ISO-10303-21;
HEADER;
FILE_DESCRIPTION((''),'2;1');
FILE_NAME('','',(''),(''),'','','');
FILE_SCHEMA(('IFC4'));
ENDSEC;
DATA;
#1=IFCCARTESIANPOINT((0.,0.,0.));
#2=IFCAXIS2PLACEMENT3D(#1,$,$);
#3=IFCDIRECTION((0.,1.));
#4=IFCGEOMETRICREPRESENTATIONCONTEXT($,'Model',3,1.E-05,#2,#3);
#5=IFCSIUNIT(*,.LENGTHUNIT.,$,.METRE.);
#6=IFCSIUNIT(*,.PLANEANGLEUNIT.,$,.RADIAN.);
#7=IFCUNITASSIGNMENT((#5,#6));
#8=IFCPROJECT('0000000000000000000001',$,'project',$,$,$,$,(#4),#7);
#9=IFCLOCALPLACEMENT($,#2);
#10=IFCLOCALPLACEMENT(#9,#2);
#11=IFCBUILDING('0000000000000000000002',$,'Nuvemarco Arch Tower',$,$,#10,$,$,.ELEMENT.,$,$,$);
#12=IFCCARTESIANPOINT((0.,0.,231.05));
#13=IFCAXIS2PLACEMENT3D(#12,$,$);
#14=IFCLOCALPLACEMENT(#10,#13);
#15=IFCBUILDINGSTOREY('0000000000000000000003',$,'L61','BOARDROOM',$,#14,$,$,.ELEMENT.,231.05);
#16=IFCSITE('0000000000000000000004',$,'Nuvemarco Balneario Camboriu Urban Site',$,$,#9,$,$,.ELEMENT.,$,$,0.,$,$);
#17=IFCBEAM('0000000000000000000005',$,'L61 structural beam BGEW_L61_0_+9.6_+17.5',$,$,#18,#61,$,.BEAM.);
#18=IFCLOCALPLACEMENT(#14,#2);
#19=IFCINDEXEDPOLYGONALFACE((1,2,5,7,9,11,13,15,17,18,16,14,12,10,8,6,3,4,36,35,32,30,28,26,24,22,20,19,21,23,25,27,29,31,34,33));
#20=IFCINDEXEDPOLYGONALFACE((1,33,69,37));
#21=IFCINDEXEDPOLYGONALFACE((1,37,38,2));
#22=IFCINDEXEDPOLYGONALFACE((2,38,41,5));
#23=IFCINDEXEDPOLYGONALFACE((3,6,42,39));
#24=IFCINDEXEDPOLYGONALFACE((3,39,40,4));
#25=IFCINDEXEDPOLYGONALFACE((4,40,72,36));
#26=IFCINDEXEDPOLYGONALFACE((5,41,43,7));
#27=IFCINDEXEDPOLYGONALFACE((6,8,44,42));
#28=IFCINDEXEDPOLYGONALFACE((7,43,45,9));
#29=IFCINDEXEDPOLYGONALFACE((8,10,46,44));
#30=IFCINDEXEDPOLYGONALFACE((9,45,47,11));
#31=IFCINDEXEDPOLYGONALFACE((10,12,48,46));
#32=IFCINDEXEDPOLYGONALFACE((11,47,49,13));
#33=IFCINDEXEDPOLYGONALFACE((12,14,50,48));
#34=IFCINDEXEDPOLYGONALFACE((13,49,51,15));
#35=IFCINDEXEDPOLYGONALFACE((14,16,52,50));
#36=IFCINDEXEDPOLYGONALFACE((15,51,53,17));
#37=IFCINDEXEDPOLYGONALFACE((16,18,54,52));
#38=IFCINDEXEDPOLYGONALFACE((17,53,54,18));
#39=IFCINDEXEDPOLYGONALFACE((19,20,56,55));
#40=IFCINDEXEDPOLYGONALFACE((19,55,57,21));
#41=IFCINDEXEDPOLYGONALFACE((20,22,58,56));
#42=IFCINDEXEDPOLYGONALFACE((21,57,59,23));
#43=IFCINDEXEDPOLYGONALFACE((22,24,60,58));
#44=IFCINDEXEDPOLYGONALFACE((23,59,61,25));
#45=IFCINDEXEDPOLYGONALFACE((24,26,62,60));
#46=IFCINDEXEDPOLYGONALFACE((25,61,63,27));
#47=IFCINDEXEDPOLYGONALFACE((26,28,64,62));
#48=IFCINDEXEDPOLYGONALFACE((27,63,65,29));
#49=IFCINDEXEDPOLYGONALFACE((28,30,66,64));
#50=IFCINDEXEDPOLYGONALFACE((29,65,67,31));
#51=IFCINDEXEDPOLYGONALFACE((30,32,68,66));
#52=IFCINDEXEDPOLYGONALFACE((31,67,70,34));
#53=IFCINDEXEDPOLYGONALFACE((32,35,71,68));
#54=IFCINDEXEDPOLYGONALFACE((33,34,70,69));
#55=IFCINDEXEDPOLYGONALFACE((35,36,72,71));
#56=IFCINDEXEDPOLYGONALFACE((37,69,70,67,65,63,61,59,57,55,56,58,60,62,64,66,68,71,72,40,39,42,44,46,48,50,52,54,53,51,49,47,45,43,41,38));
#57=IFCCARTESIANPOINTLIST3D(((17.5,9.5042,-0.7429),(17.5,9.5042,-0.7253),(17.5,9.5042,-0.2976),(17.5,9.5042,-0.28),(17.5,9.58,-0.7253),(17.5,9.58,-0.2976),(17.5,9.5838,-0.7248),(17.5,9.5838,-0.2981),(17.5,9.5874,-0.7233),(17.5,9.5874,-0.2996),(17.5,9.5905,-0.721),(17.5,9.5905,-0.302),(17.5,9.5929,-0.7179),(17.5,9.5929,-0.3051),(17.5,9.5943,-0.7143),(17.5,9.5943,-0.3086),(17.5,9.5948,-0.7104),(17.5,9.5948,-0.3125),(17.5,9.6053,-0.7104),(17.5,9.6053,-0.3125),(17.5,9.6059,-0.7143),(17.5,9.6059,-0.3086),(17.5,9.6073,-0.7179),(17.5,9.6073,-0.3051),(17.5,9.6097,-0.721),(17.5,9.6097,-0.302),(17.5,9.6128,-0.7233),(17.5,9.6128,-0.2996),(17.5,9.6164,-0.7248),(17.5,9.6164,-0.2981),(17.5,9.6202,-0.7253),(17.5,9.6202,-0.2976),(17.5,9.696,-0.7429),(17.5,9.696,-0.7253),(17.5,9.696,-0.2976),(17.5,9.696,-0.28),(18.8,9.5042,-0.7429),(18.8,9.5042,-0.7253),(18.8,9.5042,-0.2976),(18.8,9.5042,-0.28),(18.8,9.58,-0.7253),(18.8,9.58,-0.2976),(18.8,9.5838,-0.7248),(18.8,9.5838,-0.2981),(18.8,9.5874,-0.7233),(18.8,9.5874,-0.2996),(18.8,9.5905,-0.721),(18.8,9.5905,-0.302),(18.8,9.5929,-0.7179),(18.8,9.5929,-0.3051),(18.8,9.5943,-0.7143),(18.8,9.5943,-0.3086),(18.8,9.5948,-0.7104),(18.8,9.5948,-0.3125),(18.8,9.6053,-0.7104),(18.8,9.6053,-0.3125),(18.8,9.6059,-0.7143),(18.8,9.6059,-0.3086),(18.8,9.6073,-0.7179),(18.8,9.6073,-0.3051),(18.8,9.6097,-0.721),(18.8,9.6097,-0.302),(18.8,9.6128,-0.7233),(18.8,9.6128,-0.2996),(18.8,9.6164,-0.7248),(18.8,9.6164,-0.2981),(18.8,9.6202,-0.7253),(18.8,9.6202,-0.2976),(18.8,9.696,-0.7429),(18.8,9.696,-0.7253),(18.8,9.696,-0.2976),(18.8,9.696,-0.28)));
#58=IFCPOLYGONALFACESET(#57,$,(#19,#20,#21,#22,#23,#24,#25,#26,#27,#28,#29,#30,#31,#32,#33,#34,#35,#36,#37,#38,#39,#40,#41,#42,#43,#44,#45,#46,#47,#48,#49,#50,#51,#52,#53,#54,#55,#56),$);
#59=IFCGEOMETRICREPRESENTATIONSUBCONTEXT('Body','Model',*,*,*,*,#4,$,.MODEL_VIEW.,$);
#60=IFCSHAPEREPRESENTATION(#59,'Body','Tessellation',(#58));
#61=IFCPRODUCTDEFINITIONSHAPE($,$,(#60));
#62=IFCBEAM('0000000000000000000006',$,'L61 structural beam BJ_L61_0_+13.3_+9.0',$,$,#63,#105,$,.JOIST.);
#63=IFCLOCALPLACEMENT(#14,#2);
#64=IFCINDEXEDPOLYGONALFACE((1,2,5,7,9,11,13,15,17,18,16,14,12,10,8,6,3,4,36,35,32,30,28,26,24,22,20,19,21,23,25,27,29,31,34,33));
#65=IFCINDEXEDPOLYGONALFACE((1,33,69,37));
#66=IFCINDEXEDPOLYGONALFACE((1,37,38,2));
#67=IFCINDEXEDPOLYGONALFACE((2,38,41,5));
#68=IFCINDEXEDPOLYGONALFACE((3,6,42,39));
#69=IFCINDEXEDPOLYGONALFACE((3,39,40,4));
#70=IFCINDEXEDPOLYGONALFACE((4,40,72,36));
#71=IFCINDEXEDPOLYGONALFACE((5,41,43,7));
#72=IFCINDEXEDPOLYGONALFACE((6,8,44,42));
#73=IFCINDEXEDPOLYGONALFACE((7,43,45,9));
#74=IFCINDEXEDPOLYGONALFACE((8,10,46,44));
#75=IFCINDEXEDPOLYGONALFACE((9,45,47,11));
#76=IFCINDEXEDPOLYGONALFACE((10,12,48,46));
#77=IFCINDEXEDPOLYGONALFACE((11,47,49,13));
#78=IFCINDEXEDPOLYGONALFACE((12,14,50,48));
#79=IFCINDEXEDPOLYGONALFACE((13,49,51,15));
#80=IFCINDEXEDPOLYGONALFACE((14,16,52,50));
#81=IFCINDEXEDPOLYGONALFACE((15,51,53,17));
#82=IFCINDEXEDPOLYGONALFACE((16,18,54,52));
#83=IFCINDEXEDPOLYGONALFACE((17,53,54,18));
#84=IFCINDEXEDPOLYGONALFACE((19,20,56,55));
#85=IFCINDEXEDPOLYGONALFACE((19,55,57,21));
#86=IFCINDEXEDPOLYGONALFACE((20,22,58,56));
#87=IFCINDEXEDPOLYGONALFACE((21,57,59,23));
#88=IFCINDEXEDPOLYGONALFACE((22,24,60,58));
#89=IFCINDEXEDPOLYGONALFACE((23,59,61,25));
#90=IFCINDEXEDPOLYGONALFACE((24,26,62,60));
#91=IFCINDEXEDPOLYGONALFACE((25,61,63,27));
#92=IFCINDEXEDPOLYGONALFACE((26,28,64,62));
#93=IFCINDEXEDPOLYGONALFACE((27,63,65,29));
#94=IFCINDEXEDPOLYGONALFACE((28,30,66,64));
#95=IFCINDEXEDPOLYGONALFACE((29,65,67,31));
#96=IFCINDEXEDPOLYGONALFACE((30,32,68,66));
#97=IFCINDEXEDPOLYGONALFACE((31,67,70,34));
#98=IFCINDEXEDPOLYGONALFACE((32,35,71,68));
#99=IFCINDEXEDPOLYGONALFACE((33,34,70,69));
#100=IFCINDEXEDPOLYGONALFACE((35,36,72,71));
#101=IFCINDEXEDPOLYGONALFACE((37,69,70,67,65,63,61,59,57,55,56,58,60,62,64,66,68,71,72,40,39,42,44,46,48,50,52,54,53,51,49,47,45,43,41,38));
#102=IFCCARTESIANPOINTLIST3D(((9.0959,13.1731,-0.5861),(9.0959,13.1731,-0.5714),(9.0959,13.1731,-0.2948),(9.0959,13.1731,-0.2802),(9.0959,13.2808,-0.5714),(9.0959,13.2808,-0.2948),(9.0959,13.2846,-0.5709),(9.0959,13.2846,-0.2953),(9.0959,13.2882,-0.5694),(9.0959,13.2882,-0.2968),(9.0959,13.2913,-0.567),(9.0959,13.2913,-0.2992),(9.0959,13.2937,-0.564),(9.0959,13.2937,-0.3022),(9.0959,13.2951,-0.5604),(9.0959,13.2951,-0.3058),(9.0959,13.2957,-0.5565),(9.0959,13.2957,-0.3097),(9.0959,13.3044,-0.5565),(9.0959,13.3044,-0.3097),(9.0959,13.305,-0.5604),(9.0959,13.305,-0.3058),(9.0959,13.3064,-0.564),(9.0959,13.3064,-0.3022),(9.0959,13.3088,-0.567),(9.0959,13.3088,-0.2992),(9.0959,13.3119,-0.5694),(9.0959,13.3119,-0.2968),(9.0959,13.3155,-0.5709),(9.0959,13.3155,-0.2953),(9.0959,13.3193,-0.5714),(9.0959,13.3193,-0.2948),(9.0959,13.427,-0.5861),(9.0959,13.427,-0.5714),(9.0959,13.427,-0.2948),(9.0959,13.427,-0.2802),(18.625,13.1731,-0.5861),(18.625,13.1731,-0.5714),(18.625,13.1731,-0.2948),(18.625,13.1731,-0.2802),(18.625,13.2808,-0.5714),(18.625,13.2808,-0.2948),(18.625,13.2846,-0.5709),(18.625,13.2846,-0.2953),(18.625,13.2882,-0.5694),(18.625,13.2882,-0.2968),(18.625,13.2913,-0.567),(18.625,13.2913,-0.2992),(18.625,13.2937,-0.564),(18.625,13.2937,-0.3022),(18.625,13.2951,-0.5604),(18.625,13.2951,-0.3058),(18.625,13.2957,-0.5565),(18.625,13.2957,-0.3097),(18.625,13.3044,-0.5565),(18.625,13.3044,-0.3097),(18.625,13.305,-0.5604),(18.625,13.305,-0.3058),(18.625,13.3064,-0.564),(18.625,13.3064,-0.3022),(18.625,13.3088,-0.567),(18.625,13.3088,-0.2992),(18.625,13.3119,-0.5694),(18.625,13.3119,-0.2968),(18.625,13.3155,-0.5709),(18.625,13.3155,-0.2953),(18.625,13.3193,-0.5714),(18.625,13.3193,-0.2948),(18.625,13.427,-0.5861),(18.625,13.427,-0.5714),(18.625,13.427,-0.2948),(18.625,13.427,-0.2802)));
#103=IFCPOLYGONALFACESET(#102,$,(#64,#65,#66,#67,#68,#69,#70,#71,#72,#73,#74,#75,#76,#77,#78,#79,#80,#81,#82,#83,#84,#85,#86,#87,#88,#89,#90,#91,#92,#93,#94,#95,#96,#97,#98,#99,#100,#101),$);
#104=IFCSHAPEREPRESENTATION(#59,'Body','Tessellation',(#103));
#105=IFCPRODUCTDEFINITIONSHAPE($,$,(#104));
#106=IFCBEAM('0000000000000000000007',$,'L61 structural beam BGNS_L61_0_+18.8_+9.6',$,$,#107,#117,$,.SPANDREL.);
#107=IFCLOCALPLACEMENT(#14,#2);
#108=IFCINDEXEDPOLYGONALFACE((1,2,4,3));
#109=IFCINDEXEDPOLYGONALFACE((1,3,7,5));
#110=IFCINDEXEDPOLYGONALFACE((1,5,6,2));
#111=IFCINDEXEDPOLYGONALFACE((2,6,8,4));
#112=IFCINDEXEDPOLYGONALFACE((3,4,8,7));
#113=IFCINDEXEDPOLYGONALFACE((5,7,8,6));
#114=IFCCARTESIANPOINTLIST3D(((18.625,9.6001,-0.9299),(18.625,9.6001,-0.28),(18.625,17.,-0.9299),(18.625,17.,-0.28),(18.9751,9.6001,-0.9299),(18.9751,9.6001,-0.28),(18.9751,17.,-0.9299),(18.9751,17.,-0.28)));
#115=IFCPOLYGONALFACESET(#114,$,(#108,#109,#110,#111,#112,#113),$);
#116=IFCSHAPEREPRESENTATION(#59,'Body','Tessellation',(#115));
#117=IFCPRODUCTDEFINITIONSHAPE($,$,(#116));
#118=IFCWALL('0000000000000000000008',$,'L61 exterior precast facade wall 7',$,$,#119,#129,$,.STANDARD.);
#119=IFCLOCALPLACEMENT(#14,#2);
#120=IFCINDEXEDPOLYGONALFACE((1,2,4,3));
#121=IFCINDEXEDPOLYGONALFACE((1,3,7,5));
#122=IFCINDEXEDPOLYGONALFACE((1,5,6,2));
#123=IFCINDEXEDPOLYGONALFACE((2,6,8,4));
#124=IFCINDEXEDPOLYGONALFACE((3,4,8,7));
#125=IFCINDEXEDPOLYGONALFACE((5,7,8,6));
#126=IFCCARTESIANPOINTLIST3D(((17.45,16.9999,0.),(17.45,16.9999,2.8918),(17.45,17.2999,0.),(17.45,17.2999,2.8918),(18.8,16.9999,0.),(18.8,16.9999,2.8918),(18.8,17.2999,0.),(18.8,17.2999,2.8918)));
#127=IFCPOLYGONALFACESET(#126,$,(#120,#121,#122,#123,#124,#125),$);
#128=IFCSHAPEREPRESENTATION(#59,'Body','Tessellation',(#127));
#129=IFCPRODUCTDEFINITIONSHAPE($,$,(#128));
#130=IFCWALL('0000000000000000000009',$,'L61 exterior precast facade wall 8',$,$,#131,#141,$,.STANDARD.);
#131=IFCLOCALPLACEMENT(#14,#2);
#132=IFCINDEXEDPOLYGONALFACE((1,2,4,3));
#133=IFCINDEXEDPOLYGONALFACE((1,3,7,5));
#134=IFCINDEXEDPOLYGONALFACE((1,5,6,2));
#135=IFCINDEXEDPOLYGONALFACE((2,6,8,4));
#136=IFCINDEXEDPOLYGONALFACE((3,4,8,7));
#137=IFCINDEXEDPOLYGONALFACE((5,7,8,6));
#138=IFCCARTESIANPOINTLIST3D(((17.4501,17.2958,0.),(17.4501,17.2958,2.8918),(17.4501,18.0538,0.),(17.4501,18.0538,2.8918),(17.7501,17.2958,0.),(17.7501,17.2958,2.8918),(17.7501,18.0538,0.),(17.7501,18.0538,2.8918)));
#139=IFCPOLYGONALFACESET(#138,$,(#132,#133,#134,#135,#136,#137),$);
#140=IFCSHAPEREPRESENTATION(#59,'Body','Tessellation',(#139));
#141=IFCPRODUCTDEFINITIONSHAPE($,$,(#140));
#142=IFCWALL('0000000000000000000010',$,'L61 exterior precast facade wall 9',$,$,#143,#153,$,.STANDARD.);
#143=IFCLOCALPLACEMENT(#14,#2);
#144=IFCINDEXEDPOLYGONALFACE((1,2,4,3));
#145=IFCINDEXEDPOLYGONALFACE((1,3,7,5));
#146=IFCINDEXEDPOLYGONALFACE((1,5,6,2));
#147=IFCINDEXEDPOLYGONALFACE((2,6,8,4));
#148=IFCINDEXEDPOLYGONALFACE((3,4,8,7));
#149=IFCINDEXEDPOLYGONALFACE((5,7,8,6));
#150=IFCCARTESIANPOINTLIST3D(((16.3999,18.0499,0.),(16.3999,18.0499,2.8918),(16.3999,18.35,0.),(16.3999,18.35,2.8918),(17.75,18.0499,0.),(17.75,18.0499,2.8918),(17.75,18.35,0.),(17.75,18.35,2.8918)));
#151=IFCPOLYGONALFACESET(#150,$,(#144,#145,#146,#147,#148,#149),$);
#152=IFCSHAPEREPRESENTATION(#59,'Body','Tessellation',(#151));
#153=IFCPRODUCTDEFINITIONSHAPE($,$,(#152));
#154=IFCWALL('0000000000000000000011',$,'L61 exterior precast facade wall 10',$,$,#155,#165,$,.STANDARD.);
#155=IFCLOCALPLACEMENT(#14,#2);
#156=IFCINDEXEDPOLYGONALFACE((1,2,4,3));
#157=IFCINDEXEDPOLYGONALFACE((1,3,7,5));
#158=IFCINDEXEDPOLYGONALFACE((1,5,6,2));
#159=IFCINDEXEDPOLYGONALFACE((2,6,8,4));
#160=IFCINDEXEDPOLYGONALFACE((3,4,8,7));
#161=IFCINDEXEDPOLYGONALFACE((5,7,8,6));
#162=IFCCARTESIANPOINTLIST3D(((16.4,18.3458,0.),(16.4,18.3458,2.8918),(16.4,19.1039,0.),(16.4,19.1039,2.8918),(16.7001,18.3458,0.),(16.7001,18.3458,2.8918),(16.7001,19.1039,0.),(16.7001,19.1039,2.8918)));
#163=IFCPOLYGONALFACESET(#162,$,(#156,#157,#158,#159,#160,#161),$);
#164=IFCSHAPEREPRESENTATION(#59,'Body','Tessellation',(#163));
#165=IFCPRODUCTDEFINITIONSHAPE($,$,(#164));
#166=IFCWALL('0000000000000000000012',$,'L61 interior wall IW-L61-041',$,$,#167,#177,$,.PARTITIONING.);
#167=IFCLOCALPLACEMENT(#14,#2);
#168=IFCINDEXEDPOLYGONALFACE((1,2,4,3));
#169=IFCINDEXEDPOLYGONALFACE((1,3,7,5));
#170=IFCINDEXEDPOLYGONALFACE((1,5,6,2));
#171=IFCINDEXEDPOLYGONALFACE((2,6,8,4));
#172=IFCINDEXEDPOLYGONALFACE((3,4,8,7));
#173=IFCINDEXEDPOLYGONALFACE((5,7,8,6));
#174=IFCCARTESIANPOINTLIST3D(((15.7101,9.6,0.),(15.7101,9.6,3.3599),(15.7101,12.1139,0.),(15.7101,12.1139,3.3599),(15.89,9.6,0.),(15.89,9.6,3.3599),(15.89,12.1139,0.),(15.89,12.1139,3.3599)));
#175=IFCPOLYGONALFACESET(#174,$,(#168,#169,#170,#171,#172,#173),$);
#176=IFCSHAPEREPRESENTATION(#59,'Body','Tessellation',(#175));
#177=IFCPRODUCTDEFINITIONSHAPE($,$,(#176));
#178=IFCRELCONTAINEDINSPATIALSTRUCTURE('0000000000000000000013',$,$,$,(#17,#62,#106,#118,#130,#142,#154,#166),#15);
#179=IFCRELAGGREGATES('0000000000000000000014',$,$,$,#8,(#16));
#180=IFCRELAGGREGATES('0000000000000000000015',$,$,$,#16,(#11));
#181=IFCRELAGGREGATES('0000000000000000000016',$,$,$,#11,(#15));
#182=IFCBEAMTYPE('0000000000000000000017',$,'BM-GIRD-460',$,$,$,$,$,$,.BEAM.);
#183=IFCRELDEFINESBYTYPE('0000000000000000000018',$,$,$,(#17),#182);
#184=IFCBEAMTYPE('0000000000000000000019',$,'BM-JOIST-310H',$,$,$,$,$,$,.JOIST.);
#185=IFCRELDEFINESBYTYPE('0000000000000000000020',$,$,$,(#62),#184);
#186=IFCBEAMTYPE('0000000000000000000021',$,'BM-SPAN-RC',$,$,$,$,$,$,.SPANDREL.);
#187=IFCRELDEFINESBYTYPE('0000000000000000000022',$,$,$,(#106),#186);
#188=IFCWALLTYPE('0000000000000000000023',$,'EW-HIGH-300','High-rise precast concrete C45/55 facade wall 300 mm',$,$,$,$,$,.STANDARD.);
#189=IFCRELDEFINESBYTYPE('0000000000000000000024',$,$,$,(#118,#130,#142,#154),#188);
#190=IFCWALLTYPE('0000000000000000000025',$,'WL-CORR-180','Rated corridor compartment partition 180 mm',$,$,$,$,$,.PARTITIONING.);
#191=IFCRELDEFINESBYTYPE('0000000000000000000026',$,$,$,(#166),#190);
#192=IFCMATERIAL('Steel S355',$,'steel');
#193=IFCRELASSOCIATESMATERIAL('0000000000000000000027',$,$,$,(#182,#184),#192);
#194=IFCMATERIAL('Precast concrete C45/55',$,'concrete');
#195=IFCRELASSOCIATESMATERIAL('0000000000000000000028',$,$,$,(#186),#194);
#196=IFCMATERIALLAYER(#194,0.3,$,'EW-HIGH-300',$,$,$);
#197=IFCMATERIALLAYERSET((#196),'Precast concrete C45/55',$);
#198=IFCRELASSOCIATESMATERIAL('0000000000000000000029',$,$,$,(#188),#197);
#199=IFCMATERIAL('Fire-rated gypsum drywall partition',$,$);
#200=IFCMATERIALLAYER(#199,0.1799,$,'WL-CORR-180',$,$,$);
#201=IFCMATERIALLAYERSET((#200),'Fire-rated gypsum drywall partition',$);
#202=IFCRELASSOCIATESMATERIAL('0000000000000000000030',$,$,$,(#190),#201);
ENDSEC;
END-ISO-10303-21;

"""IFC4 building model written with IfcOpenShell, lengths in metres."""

from ifc_helpers import new_model, si_unit, direction, frame, frame_2d, origin, origin_2d, place, context, subcontext, project, spatial, rectangle, i_section, extrude, material, layer, layer_set, material_profile, profile_set, type_object, element, save


model = new_model("IFC4")

# Units and contexts
model_context = context("Model", 3, precision=1e-05, world=origin(), true_north=direction((0.0, 1.0)))
body_context = subcontext(model_context, "Body", "Model", "MODEL_VIEW")
ifc_project = project(units=[si_unit("LENGTHUNIT", "METRE"), si_unit("PLANEANGLEUNIT", "RADIAN")], contexts=[model_context])

# Site, building, storey
site_placement = place(None, origin())
site = spatial("IfcSite", under=ifc_project, at=site_placement, Name="Nuvemarco Balneario Camboriu Urban Site", CompositionType="ELEMENT", RefElevation=0.0)
building_placement = place(site_placement, origin())
building = spatial("IfcBuilding", under=site, at=building_placement, Name="Nuvemarco Arch Tower", CompositionType="ELEMENT")
storey_placement = place(building_placement, frame((0.0, 0.0, 231.05)))
storey = spatial("IfcBuildingStorey", under=building, at=storey_placement, Name="L61", Description="BOARDROOM", CompositionType="ELEMENT", Elevation=231.05)

# Shared definitions
ifc_material_1 = material(Name="Steel S355", Category="steel")

# Beams
ifc_material_profile_1 = material_profile(ifc_material_1, i_section(OverallWidth=0.1919, OverallDepth=0.4629, WebThickness=0.0105, FlangeThickness=0.0176, FilletRadius=0.0149, at=origin_2d()), Name="W460x89")
ifc_profile_set_1 = profile_set([ifc_material_profile_1], Name="Steel S355")
beam_type_1 = type_object("IfcBeamType", Name="BM-GIRD-460", PredefinedType="BEAM", material=ifc_profile_set_1)
beam_1_placement = place(storey_placement, frame((17.5, 9.6001, -0.5115), z_axis=(1.0, 0.0, 0.0), x_axis=(0.0, 1.0, 0.0)))
element("IfcBeam", 1, at=beam_1_placement, inside=storey, type_object=beam_type_1, Name="L61 structural beam BGEW_L61_0_+9.6_+17.5", PredefinedType="BEAM", context=body_context, shape_type="SweptSolid", body=[
    extrude(i_section(OverallWidth=0.1919, OverallDepth=0.4629, WebThickness=0.0105, FlangeThickness=0.0176, FilletRadius=0.0149, at=origin_2d()), origin(), (0.0, 0.0, 1.0), 1.3),
])
ifc_material_profile_2 = material_profile(ifc_material_1, i_section(OverallWidth=0.2539, OverallDepth=0.3059, WebThickness=0.0088, FlangeThickness=0.0146, FilletRadius=0.0149, at=origin_2d()), Name="W310x79")
ifc_profile_set_2 = profile_set([ifc_material_profile_2], Name="Steel S355")
beam_type_2 = type_object("IfcBeamType", Name="BM-JOIST-310H", PredefinedType="JOIST", material=ifc_profile_set_2)
beam_2_placement = place(storey_placement, frame((9.0959, 13.3, -0.4331), z_axis=(1.0, 0.0, 0.0), x_axis=(0.0, 1.0, 0.0)))
element("IfcBeam", 2, at=beam_2_placement, inside=storey, type_object=beam_type_2, Name="L61 structural beam BJ_L61_0_+13.3_+9.0", PredefinedType="JOIST", context=body_context, shape_type="SweptSolid", body=[
    extrude(i_section(OverallWidth=0.2539, OverallDepth=0.3059, WebThickness=0.0088, FlangeThickness=0.0146, FilletRadius=0.0149, at=origin_2d()), origin(), (0.0, 0.0, 1.0), 9.5291),
])
ifc_material_2 = material(Name="Precast concrete C45/55", Category="concrete")
ifc_material_profile_3 = material_profile(ifc_material_2, rectangle(XDim=0.3501, YDim=0.6499, at=origin_2d()), Name="PC-SP-350x650")
ifc_profile_set_3 = profile_set([ifc_material_profile_3], Name="Precast concrete C45/55")
beam_type_3 = type_object("IfcBeamType", Name="BM-SPAN-RC", PredefinedType="SPANDREL", material=ifc_profile_set_3)
beam_3_placement = place(storey_placement, frame((18.8, 9.6001, -0.605), z_axis=(0.0, 1.0, 0.0), x_axis=(-1.0, 0.0, 0.0)))
element("IfcBeam", 3, at=beam_3_placement, inside=storey, type_object=beam_type_3, Name="L61 structural beam BGNS_L61_0_+18.8_+9.6", PredefinedType="SPANDREL", context=body_context, shape_type="SweptSolid", body=[
    extrude(rectangle(XDim=0.3501, YDim=0.6499, at=origin_2d()), origin(), (0.0, 0.0, 1.0), 7.3999),
])

# Walls
ifc_layer_1 = layer(ifc_material_2, 0.3, Name="EW-HIGH-300")
ifc_layer_set_1 = layer_set([ifc_layer_1], Name="Precast concrete C45/55")
wall_type_1 = type_object("IfcWallType", Name="EW-HIGH-300", Description="High-rise precast concrete C45/55 facade wall 300 mm", PredefinedType="STANDARD", material=ifc_layer_set_1)
wall_1_placement = place(storey_placement, frame((17.45, 17.1499, 0.0), z_axis=(0.0, 0.0, 1.0), x_axis=(1.0, 0.0, 0.0)))
element("IfcWall", 4, at=wall_1_placement, inside=storey, type_object=wall_type_1, Name="L61 exterior precast facade wall 7", PredefinedType="STANDARD", context=body_context, shape_type="SweptSolid", body=[
    extrude(rectangle(XDim=1.3501, YDim=0.3, at=frame_2d((0.675, 0.0))), origin(), (0.0, 0.0, 1.0), 2.8918),
])
wall_2_placement = place(storey_placement, frame((17.6001, 17.2959, 0.0), z_axis=(0.0, 0.0, 1.0), x_axis=(0.0, 1.0, 0.0)))
element("IfcWall", 5, at=wall_2_placement, inside=storey, type_object=wall_type_1, Name="L61 exterior precast facade wall 8", PredefinedType="STANDARD", context=body_context, shape_type="SweptSolid", body=[
    extrude(rectangle(XDim=0.7581, YDim=0.3, at=frame_2d((0.3789, 0.0))), origin(), (0.0, 0.0, 1.0), 2.8918),
])
wall_3_placement = place(storey_placement, frame((16.3999, 18.2, 0.0), z_axis=(0.0, 0.0, 1.0), x_axis=(1.0, 0.0, 0.0)))
element("IfcWall", 6, at=wall_3_placement, inside=storey, type_object=wall_type_1, Name="L61 exterior precast facade wall 9", PredefinedType="STANDARD", context=body_context, shape_type="SweptSolid", body=[
    extrude(rectangle(XDim=1.3501, YDim=0.3, at=frame_2d((0.675, 0.0))), origin(), (0.0, 0.0, 1.0), 2.8918),
])
wall_4_placement = place(storey_placement, frame((16.55, 18.3459, 0.0), z_axis=(0.0, 0.0, 1.0), x_axis=(0.0, 1.0, 0.0)))
element("IfcWall", 7, at=wall_4_placement, inside=storey, type_object=wall_type_1, Name="L61 exterior precast facade wall 10", PredefinedType="STANDARD", context=body_context, shape_type="SweptSolid", body=[
    extrude(rectangle(XDim=0.7581, YDim=0.3, at=frame_2d((0.3789, 0.0))), origin(), (0.0, 0.0, 1.0), 2.8918),
])
ifc_material_3 = material(Name="Fire-rated gypsum drywall partition")
ifc_layer_2 = layer(ifc_material_3, 0.1799, Name="WL-CORR-180")
ifc_layer_set_2 = layer_set([ifc_layer_2], Name="Fire-rated gypsum drywall partition")
wall_type_2 = type_object("IfcWallType", Name="WL-CORR-180", Description="Rated corridor compartment partition 180 mm", PredefinedType="PARTITIONING", material=ifc_layer_set_2)
wall_5_placement = place(storey_placement, frame((15.8, 9.6001, 0.0), z_axis=(0.0, 0.0, 1.0), x_axis=(0.0, 1.0, 0.0)))
element("IfcWall", 8, at=wall_5_placement, inside=storey, type_object=wall_type_2, Name="L61 interior wall IW-L61-041", PredefinedType="PARTITIONING", context=body_context, shape_type="SweptSolid", body=[
    extrude(rectangle(XDim=2.5139, YDim=0.1799, at=frame_2d((1.2568, 0.0))), origin(), (0.0, 0.0, 1.0), 3.3599),
])

save(model, "model.ifc")
